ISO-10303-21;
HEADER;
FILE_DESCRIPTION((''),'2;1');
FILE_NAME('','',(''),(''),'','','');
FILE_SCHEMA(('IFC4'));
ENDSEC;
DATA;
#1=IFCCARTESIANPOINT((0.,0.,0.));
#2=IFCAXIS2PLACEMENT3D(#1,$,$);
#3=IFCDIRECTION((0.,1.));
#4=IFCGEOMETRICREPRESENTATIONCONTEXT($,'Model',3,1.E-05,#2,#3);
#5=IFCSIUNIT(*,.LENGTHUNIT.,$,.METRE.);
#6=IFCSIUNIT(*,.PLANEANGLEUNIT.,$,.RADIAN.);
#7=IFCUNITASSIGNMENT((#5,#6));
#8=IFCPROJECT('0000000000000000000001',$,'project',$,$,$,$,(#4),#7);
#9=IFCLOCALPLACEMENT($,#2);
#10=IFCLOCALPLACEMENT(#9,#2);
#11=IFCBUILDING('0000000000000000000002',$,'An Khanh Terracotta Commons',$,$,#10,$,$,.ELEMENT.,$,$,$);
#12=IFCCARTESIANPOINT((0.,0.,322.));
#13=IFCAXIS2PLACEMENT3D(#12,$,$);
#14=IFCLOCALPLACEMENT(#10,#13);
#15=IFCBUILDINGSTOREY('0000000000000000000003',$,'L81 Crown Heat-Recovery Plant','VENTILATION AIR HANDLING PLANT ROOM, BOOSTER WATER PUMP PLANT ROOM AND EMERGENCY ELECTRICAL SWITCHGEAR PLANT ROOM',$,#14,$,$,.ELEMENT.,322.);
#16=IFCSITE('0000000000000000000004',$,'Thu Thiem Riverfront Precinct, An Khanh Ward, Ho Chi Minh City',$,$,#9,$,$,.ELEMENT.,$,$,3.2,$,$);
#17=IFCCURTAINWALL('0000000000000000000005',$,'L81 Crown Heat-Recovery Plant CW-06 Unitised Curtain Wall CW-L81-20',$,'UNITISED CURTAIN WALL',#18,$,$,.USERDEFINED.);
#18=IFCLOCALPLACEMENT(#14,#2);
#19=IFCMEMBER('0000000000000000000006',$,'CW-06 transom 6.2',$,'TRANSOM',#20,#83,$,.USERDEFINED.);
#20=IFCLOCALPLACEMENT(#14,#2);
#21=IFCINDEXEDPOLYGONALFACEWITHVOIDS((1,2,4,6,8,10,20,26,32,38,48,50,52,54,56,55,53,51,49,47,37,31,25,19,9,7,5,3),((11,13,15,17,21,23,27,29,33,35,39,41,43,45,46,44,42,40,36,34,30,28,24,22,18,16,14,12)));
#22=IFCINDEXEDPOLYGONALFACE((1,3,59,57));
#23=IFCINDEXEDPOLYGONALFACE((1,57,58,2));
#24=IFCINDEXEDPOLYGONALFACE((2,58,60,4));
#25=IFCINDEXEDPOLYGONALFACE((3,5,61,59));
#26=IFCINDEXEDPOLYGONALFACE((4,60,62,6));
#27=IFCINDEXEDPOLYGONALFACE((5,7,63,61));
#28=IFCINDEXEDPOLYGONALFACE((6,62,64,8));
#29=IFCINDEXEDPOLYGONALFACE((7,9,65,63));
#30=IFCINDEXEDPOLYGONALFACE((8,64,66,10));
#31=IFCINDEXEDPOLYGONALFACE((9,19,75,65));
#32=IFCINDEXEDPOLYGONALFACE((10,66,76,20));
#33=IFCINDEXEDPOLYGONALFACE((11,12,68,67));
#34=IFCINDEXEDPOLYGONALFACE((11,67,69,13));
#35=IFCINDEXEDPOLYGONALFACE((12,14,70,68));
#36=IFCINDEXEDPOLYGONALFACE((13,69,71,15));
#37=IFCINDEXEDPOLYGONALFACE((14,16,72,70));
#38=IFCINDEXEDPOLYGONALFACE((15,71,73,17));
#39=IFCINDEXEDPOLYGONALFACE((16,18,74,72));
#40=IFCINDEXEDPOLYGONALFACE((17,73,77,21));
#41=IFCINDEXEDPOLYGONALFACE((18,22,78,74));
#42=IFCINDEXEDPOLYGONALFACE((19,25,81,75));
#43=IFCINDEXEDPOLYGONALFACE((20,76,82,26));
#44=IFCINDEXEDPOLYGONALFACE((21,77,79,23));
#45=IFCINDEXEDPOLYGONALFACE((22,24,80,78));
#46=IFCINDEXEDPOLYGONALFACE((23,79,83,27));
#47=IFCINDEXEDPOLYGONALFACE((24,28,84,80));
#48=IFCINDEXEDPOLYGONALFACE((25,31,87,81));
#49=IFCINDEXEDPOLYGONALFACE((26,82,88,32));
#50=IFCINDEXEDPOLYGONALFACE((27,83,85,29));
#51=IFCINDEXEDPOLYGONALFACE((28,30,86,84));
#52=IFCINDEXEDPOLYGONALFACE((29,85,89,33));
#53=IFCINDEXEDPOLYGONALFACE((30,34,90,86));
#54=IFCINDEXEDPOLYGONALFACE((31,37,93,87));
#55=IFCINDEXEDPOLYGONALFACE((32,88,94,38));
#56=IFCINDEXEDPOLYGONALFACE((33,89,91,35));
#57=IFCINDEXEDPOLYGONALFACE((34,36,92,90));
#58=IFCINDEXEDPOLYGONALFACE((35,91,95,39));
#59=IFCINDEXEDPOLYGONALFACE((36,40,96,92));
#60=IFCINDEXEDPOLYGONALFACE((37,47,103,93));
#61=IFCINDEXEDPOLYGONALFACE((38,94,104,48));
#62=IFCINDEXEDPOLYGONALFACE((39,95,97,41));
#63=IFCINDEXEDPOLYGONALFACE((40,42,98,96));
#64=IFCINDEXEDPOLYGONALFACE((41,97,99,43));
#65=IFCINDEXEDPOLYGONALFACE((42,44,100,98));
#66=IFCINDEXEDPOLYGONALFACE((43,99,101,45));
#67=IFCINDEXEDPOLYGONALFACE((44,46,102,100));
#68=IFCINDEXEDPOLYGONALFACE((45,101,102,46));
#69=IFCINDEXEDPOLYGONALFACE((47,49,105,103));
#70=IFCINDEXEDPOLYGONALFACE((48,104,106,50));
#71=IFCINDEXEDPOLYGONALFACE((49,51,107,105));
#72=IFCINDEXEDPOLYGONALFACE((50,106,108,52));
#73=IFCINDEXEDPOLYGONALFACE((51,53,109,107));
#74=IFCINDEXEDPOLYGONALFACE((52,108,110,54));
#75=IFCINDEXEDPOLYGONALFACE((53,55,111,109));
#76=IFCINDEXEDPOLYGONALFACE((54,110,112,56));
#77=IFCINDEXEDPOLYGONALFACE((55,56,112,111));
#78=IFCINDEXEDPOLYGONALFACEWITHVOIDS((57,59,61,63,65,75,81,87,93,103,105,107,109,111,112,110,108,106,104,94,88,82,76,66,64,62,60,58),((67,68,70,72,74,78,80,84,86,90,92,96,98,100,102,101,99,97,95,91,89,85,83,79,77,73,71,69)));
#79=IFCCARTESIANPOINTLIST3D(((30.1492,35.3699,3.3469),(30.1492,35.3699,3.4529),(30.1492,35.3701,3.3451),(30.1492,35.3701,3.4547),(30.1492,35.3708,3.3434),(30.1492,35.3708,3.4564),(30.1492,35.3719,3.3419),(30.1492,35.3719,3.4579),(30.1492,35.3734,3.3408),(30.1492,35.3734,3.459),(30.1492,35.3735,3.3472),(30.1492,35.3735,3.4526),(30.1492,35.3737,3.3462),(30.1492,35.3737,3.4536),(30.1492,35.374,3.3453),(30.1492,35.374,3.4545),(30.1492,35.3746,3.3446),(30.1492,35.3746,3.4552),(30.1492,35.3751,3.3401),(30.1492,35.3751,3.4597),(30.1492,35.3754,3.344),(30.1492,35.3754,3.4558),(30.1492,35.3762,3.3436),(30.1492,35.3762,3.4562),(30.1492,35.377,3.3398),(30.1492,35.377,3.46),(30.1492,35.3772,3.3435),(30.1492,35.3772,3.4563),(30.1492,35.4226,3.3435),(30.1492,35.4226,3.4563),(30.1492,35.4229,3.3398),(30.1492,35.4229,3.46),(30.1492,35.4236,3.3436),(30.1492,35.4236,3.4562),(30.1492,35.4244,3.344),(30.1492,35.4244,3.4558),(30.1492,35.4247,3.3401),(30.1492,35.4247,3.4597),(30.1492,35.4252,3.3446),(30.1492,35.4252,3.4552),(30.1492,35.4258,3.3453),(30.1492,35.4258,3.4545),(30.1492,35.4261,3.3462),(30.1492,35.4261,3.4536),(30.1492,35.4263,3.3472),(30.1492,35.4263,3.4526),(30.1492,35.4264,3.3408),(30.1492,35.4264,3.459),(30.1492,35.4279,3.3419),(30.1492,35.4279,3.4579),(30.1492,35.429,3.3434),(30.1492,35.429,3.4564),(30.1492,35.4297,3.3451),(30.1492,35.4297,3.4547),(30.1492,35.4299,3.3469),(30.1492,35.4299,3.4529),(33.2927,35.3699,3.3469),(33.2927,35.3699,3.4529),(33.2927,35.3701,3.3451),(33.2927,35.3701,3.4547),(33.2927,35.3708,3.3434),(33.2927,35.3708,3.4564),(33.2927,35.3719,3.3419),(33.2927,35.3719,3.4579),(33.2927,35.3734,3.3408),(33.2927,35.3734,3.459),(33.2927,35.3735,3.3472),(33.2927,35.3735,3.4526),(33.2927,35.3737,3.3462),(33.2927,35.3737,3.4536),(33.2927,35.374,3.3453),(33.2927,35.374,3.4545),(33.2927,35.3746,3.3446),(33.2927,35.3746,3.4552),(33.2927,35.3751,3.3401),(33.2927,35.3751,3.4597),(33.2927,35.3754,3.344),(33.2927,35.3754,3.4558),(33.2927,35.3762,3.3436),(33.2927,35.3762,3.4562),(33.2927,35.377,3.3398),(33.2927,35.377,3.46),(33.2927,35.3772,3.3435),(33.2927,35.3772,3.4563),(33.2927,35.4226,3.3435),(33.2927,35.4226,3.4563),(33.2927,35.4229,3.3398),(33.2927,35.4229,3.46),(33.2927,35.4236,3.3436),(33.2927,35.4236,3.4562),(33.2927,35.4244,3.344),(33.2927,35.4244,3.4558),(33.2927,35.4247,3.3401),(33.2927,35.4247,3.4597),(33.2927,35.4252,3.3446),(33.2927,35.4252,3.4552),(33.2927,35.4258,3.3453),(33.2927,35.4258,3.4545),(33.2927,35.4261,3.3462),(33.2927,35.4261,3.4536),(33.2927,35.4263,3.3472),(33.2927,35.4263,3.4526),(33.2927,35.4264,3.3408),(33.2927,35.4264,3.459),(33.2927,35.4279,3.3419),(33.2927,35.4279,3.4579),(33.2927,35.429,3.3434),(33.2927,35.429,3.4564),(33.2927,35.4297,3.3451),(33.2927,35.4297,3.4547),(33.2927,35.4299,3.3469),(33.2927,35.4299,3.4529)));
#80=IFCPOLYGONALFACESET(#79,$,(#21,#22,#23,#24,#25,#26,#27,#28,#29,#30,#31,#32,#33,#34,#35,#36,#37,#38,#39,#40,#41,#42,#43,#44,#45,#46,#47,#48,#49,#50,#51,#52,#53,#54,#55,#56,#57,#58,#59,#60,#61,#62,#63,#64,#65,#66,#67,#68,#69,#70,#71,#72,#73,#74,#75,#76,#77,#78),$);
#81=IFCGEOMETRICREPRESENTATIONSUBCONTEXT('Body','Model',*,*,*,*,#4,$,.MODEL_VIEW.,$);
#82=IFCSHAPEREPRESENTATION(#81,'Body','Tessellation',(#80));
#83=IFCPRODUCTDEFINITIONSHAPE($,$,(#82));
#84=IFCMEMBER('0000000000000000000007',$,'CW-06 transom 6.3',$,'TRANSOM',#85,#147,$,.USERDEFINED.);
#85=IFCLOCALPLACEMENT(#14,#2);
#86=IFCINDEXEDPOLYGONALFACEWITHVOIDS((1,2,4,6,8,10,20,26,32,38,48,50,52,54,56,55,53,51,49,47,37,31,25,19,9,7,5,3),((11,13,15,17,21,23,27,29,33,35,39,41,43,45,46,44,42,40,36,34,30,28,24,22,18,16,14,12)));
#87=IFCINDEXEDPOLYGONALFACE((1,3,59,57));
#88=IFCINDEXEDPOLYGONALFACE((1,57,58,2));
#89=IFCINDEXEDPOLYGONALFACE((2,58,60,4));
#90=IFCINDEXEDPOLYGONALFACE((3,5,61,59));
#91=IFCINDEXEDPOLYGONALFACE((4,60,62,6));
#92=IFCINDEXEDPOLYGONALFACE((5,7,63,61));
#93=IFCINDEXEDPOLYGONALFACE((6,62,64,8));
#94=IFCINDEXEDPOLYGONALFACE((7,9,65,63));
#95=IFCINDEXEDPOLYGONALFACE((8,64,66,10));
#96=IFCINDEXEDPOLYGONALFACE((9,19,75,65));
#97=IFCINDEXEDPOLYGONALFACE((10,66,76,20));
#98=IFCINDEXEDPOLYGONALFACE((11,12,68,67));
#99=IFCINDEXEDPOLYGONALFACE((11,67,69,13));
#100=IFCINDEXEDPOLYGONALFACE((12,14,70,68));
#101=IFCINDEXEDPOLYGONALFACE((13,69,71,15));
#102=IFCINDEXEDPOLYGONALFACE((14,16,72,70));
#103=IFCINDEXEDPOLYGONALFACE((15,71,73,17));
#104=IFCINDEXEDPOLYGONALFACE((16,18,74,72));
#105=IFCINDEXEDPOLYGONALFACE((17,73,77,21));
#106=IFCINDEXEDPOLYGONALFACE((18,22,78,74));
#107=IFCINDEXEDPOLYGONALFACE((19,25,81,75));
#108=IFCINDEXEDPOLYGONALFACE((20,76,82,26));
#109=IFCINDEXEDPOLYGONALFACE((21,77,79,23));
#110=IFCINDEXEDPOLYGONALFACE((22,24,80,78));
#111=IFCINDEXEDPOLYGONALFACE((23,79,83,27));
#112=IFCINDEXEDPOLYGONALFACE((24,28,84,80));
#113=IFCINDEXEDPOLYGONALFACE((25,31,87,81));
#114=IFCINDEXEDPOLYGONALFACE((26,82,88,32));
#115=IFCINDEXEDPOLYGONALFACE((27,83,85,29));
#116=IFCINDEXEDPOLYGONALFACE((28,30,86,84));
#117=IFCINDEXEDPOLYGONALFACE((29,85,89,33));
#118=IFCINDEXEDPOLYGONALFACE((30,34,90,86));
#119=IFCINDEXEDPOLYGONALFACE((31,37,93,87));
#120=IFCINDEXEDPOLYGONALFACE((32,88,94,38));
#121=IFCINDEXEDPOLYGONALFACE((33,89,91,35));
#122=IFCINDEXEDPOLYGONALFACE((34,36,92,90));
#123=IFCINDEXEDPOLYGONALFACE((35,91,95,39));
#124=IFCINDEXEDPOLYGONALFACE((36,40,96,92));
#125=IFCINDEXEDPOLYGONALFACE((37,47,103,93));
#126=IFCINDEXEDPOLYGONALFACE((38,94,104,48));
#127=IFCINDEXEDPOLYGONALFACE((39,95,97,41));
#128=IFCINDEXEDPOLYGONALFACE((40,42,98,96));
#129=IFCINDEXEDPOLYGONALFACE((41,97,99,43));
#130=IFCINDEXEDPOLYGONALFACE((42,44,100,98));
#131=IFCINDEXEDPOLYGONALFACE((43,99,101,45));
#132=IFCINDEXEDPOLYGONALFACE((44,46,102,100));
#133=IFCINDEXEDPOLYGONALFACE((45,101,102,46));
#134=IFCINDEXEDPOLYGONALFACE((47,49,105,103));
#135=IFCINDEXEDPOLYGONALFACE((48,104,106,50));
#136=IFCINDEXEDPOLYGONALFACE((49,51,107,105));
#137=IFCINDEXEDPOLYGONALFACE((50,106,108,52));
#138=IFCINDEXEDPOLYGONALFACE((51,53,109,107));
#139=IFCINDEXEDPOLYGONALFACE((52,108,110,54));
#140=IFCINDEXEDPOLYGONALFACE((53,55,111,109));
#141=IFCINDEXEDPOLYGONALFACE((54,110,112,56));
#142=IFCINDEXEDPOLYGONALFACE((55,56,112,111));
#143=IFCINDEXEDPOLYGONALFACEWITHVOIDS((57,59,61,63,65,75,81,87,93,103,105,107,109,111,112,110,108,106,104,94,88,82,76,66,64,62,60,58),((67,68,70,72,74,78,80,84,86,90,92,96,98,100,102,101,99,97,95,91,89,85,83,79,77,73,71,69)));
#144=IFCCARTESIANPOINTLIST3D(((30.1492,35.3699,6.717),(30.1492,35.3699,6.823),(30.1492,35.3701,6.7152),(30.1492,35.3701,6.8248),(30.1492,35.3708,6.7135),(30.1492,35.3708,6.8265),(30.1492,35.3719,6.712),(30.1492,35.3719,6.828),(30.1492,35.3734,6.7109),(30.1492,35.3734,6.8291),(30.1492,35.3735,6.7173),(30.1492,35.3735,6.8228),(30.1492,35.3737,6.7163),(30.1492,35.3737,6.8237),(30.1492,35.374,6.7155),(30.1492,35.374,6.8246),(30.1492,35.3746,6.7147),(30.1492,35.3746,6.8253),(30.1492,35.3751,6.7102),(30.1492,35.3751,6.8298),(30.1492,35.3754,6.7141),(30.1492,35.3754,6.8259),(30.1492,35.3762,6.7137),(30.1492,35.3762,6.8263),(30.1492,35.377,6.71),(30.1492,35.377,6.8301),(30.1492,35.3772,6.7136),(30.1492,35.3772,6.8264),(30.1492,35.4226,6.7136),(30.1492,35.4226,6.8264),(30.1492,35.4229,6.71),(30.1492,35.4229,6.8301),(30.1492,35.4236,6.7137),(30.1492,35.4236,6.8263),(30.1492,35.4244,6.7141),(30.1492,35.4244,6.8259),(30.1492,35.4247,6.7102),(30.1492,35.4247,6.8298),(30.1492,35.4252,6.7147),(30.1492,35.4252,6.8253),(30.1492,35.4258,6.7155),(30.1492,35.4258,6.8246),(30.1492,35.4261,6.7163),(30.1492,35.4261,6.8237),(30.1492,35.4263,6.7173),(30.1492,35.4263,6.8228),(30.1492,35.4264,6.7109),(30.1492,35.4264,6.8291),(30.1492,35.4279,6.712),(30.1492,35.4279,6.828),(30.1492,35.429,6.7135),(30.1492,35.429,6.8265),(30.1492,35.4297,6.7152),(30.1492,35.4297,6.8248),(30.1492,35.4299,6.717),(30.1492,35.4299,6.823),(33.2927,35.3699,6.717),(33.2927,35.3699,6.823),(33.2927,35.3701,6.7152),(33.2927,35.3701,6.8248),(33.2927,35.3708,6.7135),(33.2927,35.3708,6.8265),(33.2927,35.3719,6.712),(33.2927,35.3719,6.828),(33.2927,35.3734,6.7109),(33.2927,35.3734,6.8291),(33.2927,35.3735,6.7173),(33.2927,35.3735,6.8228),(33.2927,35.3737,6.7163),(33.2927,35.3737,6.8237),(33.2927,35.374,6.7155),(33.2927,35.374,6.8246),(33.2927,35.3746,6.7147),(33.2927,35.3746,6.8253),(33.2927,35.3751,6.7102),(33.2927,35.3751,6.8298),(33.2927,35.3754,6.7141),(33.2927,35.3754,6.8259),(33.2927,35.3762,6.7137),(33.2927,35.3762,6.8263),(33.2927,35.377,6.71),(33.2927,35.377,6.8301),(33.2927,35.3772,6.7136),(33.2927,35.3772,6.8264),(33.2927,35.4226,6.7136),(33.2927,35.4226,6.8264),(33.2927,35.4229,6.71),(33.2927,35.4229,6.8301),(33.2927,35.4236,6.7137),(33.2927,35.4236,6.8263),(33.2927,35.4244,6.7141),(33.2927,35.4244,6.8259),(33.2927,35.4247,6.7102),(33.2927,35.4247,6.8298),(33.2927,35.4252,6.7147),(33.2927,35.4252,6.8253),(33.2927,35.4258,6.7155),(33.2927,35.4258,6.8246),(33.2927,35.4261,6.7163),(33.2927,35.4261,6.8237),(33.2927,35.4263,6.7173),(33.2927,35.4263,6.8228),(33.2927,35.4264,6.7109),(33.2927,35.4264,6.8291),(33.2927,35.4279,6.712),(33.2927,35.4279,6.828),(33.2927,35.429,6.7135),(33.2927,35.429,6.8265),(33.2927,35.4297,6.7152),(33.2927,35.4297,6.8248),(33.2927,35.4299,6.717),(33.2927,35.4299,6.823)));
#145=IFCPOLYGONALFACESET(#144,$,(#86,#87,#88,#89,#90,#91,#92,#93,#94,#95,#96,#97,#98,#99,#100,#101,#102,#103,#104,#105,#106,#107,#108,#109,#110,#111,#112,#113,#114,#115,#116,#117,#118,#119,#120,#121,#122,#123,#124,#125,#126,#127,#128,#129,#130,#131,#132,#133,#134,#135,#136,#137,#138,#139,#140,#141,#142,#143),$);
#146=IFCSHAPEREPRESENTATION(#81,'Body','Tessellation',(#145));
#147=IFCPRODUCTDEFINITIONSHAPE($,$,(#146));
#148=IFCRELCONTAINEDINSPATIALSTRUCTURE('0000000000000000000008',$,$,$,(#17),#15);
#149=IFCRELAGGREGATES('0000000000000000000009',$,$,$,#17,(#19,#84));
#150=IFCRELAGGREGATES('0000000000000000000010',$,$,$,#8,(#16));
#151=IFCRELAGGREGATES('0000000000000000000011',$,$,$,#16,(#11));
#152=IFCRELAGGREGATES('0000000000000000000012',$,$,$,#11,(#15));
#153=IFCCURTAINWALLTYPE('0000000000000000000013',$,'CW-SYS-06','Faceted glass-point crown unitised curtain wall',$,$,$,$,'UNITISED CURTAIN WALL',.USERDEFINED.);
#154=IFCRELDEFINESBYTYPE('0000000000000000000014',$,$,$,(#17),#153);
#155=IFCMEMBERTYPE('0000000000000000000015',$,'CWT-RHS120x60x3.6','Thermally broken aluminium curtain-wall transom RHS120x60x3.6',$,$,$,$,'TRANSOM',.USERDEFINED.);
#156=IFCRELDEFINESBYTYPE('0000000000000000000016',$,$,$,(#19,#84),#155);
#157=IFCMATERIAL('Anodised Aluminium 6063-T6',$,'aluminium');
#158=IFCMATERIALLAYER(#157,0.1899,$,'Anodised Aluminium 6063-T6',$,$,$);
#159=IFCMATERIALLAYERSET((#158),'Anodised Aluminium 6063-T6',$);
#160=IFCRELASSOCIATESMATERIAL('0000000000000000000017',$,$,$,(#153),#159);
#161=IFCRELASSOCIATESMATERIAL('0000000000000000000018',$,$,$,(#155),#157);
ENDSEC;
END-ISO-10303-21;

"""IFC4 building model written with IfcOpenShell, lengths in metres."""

from ifc_helpers import new_model, si_unit, direction, frame, origin, origin_2d, place, context, subcontext, project, spatial, hollow_rectangle, extrude, material, layer, layer_set, material_profile, profile_set, type_object, element, aggregate, save


model = new_model("IFC4")

# Units and contexts
model_context = context("Model", 3, precision=1e-05, world=origin(), true_north=direction((0.0, 1.0)))
body_context = subcontext(model_context, "Body", "Model", "MODEL_VIEW")
ifc_project = project(units=[si_unit("LENGTHUNIT", "METRE"), si_unit("PLANEANGLEUNIT", "RADIAN")], contexts=[model_context])

# Site, building, storey
site_placement = place(None, origin())
site = spatial("IfcSite", under=ifc_project, at=site_placement, Name="Thu Thiem Riverfront Precinct, An Khanh Ward, Ho Chi Minh City", CompositionType="ELEMENT", RefElevation=3.2)
building_placement = place(site_placement, origin())
building = spatial("IfcBuilding", under=site, at=building_placement, Name="An Khanh Terracotta Commons", CompositionType="ELEMENT")
storey_placement = place(building_placement, frame((0.0, 0.0, 322.0)))
storey = spatial("IfcBuildingStorey", under=building, at=storey_placement, Name="L81 Crown Heat-Recovery Plant", Description="VENTILATION AIR HANDLING PLANT ROOM, BOOSTER WATER PUMP PLANT ROOM AND EMERGENCY ELECTRICAL SWITCHGEAR PLANT ROOM", CompositionType="ELEMENT", Elevation=322.0)

# Curtain wall, members
ifc_material_1 = material(Name="Anodised Aluminium 6063-T6", Category="aluminium")
ifc_layer_1 = layer(ifc_material_1, 0.1899, Name="Anodised Aluminium 6063-T6")
ifc_layer_set_1 = layer_set([ifc_layer_1], Name="Anodised Aluminium 6063-T6")
curtain_wall_type = type_object("IfcCurtainWallType", Name="CW-SYS-06", Description="Faceted glass-point crown unitised curtain wall", ElementType="UNITISED CURTAIN WALL", PredefinedType="USERDEFINED", material=ifc_layer_set_1)
curtain_wall_placement = place(storey_placement, origin())
curtain_wall = element("IfcCurtainWall", 1, at=curtain_wall_placement, inside=storey, type_object=curtain_wall_type, Name="L81 Crown Heat-Recovery Plant CW-06 Unitised Curtain Wall CW-L81-20", ObjectType="UNITISED CURTAIN WALL", PredefinedType="USERDEFINED")
ifc_material_profile_1 = material_profile(ifc_material_1, hollow_rectangle(XDim=0.0601, YDim=0.1201, WallThickness=0.0037, InnerFilletRadius=0.0037, OuterFilletRadius=0.0071, at=origin_2d()), Name="RHS120x60x3.6")
ifc_profile_set_1 = profile_set([ifc_material_profile_1], Name="Anodised Aluminium 6063-T6")
member_type_1 = type_object("IfcMemberType", Name="CWT-RHS120x60x3.6", Description="Thermally broken aluminium curtain-wall transom RHS120x60x3.6", ElementType="TRANSOM", PredefinedType="USERDEFINED", material=ifc_profile_set_1)
member_1_placement = place(storey_placement, frame((33.2927, 35.3999, 3.3999), z_axis=(-1.0, 0.0, 0.0), x_axis=(0.0, -1.0, 0.0)))
member_1 = element("IfcMember", 2, at=member_1_placement, type_object=member_type_1, Name="CW-06 transom 6.2", ObjectType="TRANSOM", PredefinedType="USERDEFINED", context=body_context, shape_type="SweptSolid", body=[
    extrude(hollow_rectangle(XDim=0.0601, YDim=0.1201, WallThickness=0.0037, InnerFilletRadius=0.0037, OuterFilletRadius=0.0071, at=origin_2d()), origin(), (0.0, 0.0, 1.0), 3.1436),
])
member_2_placement = place(storey_placement, frame((33.2927, 35.3999, 6.77), z_axis=(-1.0, 0.0, 0.0), x_axis=(0.0, -1.0, 0.0)))
member_2 = element("IfcMember", 3, at=member_2_placement, type_object=member_type_1, Name="CW-06 transom 6.3", ObjectType="TRANSOM", PredefinedType="USERDEFINED", context=body_context, shape_type="SweptSolid", body=[
    extrude(hollow_rectangle(XDim=0.0601, YDim=0.1201, WallThickness=0.0037, InnerFilletRadius=0.0037, OuterFilletRadius=0.0071, at=origin_2d()), origin(), (0.0, 0.0, 1.0), 3.1436),
])
aggregate(curtain_wall, [member_1, member_2])

save(model, "model.ifc")
